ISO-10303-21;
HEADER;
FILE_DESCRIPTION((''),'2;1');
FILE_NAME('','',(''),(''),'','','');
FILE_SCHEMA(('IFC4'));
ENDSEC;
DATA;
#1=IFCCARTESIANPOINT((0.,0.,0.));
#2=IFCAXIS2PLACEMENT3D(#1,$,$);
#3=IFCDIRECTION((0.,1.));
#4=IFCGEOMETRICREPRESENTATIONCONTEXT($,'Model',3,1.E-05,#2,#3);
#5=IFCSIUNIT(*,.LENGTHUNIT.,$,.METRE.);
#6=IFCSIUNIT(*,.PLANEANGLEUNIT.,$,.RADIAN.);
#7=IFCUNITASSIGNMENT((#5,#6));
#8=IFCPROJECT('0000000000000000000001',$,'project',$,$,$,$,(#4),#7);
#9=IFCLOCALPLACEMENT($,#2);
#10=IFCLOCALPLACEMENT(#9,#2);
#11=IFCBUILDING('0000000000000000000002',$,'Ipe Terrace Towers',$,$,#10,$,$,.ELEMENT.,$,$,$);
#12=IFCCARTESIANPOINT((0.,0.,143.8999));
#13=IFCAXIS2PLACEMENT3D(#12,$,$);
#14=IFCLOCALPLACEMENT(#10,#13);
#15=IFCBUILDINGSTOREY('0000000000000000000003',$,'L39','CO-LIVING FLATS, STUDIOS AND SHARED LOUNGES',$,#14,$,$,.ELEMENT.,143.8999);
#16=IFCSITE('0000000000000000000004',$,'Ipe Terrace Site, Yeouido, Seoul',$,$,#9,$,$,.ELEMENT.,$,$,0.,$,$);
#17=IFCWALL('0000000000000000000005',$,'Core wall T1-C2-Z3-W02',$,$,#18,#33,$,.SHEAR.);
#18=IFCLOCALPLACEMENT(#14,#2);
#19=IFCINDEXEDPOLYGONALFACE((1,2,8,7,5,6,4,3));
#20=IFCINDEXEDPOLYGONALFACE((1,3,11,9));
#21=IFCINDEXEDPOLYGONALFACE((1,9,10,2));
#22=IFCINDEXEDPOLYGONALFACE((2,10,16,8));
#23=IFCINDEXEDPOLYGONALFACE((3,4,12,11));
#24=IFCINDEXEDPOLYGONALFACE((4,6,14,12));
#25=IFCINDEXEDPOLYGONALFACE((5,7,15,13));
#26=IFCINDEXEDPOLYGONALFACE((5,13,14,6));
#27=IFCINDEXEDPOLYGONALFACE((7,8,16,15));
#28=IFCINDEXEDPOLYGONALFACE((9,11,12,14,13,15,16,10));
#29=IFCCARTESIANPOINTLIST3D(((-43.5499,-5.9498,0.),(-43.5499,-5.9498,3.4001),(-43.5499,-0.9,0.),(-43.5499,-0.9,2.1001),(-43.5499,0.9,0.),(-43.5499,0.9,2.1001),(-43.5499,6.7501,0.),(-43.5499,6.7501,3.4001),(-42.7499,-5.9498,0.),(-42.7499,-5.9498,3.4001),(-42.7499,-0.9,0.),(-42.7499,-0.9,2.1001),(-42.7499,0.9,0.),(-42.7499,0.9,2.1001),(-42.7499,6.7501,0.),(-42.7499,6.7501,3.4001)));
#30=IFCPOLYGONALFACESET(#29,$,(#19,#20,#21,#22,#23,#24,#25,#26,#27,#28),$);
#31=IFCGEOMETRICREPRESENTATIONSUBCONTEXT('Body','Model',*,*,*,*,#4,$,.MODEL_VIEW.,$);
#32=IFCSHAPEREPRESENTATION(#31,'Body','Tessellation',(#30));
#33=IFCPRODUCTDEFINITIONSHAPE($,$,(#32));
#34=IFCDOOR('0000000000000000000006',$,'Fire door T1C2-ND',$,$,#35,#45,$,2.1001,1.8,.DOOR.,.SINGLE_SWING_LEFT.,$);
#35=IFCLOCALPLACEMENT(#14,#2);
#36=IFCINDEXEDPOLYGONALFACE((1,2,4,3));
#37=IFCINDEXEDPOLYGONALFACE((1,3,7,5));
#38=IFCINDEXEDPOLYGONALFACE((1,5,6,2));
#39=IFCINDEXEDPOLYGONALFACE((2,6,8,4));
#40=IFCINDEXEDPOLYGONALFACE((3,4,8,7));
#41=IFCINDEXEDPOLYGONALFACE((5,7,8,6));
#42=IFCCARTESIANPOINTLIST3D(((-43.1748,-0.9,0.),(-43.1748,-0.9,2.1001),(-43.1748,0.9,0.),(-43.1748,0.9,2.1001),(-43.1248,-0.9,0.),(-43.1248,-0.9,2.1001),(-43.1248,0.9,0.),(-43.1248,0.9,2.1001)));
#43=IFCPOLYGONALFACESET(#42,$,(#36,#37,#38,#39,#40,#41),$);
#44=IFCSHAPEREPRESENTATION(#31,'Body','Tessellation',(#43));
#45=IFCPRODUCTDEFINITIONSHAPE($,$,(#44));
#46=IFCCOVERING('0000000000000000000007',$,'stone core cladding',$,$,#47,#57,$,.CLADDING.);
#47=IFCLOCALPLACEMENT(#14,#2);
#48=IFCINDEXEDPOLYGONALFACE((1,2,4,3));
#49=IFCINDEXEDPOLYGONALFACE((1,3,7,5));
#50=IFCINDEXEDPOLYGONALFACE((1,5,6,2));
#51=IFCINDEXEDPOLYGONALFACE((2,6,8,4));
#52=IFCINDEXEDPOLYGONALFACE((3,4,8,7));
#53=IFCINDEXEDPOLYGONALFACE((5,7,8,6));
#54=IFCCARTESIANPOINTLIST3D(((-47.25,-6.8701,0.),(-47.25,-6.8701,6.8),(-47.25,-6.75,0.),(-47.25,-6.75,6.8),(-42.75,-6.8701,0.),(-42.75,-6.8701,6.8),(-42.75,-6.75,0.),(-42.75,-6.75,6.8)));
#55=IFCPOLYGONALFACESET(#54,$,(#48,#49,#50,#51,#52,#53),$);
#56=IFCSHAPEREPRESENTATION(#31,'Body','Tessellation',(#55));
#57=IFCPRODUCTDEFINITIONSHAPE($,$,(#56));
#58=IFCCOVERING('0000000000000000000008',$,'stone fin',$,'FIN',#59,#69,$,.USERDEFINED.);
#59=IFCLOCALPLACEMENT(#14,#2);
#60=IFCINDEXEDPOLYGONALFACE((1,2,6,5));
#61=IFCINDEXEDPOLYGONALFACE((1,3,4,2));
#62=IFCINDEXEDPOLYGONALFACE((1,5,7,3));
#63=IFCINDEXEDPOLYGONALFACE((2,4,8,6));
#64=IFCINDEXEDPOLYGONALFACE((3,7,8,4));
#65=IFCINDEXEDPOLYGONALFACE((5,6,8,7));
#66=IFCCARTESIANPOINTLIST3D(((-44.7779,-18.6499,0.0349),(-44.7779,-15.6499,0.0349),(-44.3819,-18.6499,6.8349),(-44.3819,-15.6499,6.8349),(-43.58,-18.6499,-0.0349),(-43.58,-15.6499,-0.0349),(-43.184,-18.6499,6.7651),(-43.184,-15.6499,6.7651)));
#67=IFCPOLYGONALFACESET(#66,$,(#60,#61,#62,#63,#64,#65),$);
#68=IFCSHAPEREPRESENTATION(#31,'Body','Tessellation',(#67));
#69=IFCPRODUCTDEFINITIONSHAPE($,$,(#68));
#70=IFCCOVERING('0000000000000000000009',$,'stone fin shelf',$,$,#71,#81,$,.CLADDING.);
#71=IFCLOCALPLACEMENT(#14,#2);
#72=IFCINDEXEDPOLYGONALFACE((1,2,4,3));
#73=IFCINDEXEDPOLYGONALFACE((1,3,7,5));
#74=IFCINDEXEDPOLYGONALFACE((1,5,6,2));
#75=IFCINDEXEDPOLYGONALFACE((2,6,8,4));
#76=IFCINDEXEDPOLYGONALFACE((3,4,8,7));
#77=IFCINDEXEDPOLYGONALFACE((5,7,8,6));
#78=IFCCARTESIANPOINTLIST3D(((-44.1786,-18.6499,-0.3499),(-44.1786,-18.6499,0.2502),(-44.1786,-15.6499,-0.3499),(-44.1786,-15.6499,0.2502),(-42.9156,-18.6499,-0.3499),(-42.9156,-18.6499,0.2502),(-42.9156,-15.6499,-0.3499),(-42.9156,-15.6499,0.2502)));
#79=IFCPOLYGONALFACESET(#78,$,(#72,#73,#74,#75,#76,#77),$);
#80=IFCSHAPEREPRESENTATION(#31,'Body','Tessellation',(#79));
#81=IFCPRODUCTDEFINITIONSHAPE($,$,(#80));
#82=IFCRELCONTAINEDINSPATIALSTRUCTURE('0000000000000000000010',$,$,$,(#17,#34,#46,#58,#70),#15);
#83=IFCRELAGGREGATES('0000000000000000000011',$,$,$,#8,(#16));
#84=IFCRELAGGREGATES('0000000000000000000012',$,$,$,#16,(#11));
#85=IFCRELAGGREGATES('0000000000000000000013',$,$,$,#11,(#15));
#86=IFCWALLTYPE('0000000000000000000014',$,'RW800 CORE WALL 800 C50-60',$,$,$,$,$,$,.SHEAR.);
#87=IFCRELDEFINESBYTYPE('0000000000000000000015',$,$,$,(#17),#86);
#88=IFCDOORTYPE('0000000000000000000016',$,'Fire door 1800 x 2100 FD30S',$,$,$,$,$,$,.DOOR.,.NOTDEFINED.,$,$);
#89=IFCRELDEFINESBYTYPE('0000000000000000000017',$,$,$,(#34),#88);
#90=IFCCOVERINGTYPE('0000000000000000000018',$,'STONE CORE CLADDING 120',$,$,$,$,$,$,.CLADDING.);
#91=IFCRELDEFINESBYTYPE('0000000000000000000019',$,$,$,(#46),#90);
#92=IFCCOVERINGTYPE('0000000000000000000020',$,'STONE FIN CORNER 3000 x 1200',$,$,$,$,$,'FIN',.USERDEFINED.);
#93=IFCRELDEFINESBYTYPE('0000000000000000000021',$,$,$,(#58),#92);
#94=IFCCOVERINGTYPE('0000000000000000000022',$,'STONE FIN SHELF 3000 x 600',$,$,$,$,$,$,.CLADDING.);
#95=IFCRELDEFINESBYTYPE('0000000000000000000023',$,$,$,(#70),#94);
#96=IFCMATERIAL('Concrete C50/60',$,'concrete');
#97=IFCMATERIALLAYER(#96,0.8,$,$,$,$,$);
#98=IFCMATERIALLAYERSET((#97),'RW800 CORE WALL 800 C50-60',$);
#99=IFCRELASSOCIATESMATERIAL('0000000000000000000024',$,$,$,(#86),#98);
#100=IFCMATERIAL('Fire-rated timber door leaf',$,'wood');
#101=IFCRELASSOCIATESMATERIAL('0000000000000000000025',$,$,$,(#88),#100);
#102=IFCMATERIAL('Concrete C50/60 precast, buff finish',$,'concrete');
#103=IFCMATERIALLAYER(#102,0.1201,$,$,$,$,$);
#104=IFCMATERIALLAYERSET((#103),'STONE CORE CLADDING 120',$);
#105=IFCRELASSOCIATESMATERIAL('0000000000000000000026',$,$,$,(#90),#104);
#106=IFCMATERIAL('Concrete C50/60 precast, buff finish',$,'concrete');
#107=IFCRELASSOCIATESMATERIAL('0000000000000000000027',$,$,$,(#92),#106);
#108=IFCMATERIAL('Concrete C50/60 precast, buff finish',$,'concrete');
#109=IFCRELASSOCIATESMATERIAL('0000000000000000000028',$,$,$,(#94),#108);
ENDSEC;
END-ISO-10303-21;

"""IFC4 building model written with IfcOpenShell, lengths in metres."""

from ifc_helpers import new_model, si_unit, direction, frame, frame_2d, origin, origin_2d, place, context, subcontext, project, spatial, rectangle, extrude, material, layer, layer_set, material_profile, profile_set, type_object, element, fill, save


model = new_model("IFC4")

# Units and contexts
model_context = context("Model", 3, precision=1e-05, world=origin(), true_north=direction((0.0, 1.0)))
body_context = subcontext(model_context, "Body", "Model", "MODEL_VIEW")
ifc_project = project(units=[si_unit("LENGTHUNIT", "METRE"), si_unit("PLANEANGLEUNIT", "RADIAN")], contexts=[model_context])

# Site, building, storey
site_placement = place(None, origin())
site = spatial("IfcSite", under=ifc_project, at=site_placement, Name="Ipe Terrace Site, Yeouido, Seoul", CompositionType="ELEMENT", RefElevation=0.0)
building_placement = place(site_placement, origin())
building = spatial("IfcBuilding", under=site, at=building_placement, Name="Ipe Terrace Towers", CompositionType="ELEMENT")
storey_placement = place(building_placement, frame((0.0, 0.0, 143.8999)))
storey = spatial("IfcBuildingStorey", under=building, at=storey_placement, Name="L39", Description="CO-LIVING FLATS, STUDIOS AND SHARED LOUNGES", CompositionType="ELEMENT", Elevation=143.8999)

# Shared definitions
ifc_material_1 = material(Name="Concrete C50/60", Category="concrete")
ifc_layer_1 = layer(ifc_material_1, 0.8)
ifc_layer_set_1 = layer_set([ifc_layer_1], Name="RW800 CORE WALL 800 C50-60")
wall_type_1 = type_object("IfcWallType", Name="RW800 CORE WALL 800 C50-60", PredefinedType="SHEAR", material=ifc_layer_set_1)

# Wall, opening, door
wall_1_placement = place(storey_placement, frame((-43.1499, -5.95, 0.0), z_axis=(0.0, 0.0, 1.0), x_axis=(0.0, 1.0, 0.0)))
wall_1 = element("IfcWall", 1, at=wall_1_placement, inside=storey, type_object=wall_type_1, Name="Core wall T1-C2-Z3-W02", PredefinedType="SHEAR", context=body_context, shape_type="SweptSolid", body=[
    extrude(rectangle(XDim=12.7, YDim=0.8, at=frame_2d((6.3501, 0.0))), origin(), (0.0, 0.0, 1.0), 3.4001),
])
opening_1_placement = place(wall_1_placement, frame((5.05, 0.0, 0.0)))
opening_1 = element("IfcOpeningElement", 2, at=opening_1_placement, cuts=wall_1, PredefinedType="OPENING", context=body_context, shape_type="SweptSolid", body=[
    extrude(rectangle(XDim=1.8, YDim=2.1001, at=frame_2d((0.8999, 1.05))), frame((0.0, 0.4102, 0.0), z_axis=(0.0, -1.0, 0.0), x_axis=(1.0, 0.0, 0.0)), (0.0, 0.0, 1.0), 0.8201),
])
ifc_material_2 = material(Name="Fire-rated timber door leaf", Category="wood")
door_type_1 = type_object("IfcDoorType", Name="Fire door 1800 x 2100 FD30S", OperationType="NOTDEFINED", PredefinedType="DOOR", material=ifc_material_2)
door_1_placement = place(opening_1_placement, origin())
door_1 = element("IfcDoor", 3, at=door_1_placement, inside=storey, type_object=door_type_1, Name="Fire door T1C2-ND", OperationType="SINGLE_SWING_LEFT", OverallHeight=2.1001, OverallWidth=1.8, PredefinedType="DOOR", context=body_context, shape_type="SweptSolid", body=[
    extrude(rectangle(XDim=1.8, YDim=2.1001, at=frame_2d((0.8999, 1.05))), frame((0.0, 0.0249, 0.0), z_axis=(0.0, -1.0, 0.0), x_axis=(1.0, 0.0, 0.0)), (0.0, 0.0, 1.0), 0.05),
])
fill(opening_1, door_1)

# Coverings
ifc_material_3 = material(Name="Concrete C50/60 precast, buff finish", Category="concrete")
ifc_layer_2 = layer(ifc_material_3, 0.1201)
ifc_layer_set_2 = layer_set([ifc_layer_2], Name="STONE CORE CLADDING 120")
covering_type_1 = type_object("IfcCoveringType", Name="STONE CORE CLADDING 120", PredefinedType="CLADDING", material=ifc_layer_set_2)
covering_1_placement = place(storey_placement, frame((-45.0, -6.8101, 0.0), z_axis=(0.0, 0.0, 1.0), x_axis=(1.0, 0.0, 0.0)))
element("IfcCovering", 4, at=covering_1_placement, inside=storey, type_object=covering_type_1, Name="stone core cladding", PredefinedType="CLADDING", context=body_context, shape_type="SweptSolid", body=[
    extrude(rectangle(XDim=4.5, YDim=0.1201, at=origin_2d()), origin(), (0.0, 0.0, 1.0), 6.8),
])
ifc_material_4 = material(Name="Concrete C50/60 precast, buff finish", Category="concrete")
ifc_material_profile_1 = material_profile(ifc_material_4, rectangle(XDim=3.0, YDim=1.2, at=origin_2d()), Name="STONE FIN CORNER 3000 x 1200")
ifc_profile_set_1 = profile_set([ifc_material_profile_1], Name="Concrete C50/60 precast, buff finish")
covering_type_2 = type_object("IfcCoveringType", Name="STONE FIN CORNER 3000 x 1200", ElementType="FIN", PredefinedType="USERDEFINED", material=ifc_profile_set_1)
covering_2_placement = place(storey_placement, frame((-44.179, -17.1499, 0.0), z_axis=(0.058136, 0.0, 0.998309), x_axis=(0.0, -1.0, 0.0)))
element("IfcCovering", 5, at=covering_2_placement, inside=storey, type_object=covering_type_2, Name="stone fin", ObjectType="FIN", PredefinedType="USERDEFINED", context=body_context, shape_type="SweptSolid", body=[
    extrude(rectangle(XDim=3.0, YDim=1.2, at=origin_2d()), origin(), (0.0, 0.0, 1.0), 6.8115),
])
ifc_material_5 = material(Name="Concrete C50/60 precast, buff finish", Category="concrete")
covering_type_3 = type_object("IfcCoveringType", Name="STONE FIN SHELF 3000 x 600", PredefinedType="CLADDING", material=ifc_material_5)
covering_3_placement = place(storey_placement, frame((-43.5471, -17.1499, -0.3499), z_axis=(0.0, 0.0, 1.0), x_axis=(0.0, -1.0, 0.0)))
element("IfcCovering", 6, at=covering_3_placement, inside=storey, type_object=covering_type_3, Name="stone fin shelf", PredefinedType="CLADDING", context=body_context, shape_type="SweptSolid", body=[
    extrude(rectangle(XDim=3.0, YDim=1.2629, at=origin_2d()), origin(), (0.0, 0.0, 1.0), 0.6001),
])

save(model, "model.ifc")
